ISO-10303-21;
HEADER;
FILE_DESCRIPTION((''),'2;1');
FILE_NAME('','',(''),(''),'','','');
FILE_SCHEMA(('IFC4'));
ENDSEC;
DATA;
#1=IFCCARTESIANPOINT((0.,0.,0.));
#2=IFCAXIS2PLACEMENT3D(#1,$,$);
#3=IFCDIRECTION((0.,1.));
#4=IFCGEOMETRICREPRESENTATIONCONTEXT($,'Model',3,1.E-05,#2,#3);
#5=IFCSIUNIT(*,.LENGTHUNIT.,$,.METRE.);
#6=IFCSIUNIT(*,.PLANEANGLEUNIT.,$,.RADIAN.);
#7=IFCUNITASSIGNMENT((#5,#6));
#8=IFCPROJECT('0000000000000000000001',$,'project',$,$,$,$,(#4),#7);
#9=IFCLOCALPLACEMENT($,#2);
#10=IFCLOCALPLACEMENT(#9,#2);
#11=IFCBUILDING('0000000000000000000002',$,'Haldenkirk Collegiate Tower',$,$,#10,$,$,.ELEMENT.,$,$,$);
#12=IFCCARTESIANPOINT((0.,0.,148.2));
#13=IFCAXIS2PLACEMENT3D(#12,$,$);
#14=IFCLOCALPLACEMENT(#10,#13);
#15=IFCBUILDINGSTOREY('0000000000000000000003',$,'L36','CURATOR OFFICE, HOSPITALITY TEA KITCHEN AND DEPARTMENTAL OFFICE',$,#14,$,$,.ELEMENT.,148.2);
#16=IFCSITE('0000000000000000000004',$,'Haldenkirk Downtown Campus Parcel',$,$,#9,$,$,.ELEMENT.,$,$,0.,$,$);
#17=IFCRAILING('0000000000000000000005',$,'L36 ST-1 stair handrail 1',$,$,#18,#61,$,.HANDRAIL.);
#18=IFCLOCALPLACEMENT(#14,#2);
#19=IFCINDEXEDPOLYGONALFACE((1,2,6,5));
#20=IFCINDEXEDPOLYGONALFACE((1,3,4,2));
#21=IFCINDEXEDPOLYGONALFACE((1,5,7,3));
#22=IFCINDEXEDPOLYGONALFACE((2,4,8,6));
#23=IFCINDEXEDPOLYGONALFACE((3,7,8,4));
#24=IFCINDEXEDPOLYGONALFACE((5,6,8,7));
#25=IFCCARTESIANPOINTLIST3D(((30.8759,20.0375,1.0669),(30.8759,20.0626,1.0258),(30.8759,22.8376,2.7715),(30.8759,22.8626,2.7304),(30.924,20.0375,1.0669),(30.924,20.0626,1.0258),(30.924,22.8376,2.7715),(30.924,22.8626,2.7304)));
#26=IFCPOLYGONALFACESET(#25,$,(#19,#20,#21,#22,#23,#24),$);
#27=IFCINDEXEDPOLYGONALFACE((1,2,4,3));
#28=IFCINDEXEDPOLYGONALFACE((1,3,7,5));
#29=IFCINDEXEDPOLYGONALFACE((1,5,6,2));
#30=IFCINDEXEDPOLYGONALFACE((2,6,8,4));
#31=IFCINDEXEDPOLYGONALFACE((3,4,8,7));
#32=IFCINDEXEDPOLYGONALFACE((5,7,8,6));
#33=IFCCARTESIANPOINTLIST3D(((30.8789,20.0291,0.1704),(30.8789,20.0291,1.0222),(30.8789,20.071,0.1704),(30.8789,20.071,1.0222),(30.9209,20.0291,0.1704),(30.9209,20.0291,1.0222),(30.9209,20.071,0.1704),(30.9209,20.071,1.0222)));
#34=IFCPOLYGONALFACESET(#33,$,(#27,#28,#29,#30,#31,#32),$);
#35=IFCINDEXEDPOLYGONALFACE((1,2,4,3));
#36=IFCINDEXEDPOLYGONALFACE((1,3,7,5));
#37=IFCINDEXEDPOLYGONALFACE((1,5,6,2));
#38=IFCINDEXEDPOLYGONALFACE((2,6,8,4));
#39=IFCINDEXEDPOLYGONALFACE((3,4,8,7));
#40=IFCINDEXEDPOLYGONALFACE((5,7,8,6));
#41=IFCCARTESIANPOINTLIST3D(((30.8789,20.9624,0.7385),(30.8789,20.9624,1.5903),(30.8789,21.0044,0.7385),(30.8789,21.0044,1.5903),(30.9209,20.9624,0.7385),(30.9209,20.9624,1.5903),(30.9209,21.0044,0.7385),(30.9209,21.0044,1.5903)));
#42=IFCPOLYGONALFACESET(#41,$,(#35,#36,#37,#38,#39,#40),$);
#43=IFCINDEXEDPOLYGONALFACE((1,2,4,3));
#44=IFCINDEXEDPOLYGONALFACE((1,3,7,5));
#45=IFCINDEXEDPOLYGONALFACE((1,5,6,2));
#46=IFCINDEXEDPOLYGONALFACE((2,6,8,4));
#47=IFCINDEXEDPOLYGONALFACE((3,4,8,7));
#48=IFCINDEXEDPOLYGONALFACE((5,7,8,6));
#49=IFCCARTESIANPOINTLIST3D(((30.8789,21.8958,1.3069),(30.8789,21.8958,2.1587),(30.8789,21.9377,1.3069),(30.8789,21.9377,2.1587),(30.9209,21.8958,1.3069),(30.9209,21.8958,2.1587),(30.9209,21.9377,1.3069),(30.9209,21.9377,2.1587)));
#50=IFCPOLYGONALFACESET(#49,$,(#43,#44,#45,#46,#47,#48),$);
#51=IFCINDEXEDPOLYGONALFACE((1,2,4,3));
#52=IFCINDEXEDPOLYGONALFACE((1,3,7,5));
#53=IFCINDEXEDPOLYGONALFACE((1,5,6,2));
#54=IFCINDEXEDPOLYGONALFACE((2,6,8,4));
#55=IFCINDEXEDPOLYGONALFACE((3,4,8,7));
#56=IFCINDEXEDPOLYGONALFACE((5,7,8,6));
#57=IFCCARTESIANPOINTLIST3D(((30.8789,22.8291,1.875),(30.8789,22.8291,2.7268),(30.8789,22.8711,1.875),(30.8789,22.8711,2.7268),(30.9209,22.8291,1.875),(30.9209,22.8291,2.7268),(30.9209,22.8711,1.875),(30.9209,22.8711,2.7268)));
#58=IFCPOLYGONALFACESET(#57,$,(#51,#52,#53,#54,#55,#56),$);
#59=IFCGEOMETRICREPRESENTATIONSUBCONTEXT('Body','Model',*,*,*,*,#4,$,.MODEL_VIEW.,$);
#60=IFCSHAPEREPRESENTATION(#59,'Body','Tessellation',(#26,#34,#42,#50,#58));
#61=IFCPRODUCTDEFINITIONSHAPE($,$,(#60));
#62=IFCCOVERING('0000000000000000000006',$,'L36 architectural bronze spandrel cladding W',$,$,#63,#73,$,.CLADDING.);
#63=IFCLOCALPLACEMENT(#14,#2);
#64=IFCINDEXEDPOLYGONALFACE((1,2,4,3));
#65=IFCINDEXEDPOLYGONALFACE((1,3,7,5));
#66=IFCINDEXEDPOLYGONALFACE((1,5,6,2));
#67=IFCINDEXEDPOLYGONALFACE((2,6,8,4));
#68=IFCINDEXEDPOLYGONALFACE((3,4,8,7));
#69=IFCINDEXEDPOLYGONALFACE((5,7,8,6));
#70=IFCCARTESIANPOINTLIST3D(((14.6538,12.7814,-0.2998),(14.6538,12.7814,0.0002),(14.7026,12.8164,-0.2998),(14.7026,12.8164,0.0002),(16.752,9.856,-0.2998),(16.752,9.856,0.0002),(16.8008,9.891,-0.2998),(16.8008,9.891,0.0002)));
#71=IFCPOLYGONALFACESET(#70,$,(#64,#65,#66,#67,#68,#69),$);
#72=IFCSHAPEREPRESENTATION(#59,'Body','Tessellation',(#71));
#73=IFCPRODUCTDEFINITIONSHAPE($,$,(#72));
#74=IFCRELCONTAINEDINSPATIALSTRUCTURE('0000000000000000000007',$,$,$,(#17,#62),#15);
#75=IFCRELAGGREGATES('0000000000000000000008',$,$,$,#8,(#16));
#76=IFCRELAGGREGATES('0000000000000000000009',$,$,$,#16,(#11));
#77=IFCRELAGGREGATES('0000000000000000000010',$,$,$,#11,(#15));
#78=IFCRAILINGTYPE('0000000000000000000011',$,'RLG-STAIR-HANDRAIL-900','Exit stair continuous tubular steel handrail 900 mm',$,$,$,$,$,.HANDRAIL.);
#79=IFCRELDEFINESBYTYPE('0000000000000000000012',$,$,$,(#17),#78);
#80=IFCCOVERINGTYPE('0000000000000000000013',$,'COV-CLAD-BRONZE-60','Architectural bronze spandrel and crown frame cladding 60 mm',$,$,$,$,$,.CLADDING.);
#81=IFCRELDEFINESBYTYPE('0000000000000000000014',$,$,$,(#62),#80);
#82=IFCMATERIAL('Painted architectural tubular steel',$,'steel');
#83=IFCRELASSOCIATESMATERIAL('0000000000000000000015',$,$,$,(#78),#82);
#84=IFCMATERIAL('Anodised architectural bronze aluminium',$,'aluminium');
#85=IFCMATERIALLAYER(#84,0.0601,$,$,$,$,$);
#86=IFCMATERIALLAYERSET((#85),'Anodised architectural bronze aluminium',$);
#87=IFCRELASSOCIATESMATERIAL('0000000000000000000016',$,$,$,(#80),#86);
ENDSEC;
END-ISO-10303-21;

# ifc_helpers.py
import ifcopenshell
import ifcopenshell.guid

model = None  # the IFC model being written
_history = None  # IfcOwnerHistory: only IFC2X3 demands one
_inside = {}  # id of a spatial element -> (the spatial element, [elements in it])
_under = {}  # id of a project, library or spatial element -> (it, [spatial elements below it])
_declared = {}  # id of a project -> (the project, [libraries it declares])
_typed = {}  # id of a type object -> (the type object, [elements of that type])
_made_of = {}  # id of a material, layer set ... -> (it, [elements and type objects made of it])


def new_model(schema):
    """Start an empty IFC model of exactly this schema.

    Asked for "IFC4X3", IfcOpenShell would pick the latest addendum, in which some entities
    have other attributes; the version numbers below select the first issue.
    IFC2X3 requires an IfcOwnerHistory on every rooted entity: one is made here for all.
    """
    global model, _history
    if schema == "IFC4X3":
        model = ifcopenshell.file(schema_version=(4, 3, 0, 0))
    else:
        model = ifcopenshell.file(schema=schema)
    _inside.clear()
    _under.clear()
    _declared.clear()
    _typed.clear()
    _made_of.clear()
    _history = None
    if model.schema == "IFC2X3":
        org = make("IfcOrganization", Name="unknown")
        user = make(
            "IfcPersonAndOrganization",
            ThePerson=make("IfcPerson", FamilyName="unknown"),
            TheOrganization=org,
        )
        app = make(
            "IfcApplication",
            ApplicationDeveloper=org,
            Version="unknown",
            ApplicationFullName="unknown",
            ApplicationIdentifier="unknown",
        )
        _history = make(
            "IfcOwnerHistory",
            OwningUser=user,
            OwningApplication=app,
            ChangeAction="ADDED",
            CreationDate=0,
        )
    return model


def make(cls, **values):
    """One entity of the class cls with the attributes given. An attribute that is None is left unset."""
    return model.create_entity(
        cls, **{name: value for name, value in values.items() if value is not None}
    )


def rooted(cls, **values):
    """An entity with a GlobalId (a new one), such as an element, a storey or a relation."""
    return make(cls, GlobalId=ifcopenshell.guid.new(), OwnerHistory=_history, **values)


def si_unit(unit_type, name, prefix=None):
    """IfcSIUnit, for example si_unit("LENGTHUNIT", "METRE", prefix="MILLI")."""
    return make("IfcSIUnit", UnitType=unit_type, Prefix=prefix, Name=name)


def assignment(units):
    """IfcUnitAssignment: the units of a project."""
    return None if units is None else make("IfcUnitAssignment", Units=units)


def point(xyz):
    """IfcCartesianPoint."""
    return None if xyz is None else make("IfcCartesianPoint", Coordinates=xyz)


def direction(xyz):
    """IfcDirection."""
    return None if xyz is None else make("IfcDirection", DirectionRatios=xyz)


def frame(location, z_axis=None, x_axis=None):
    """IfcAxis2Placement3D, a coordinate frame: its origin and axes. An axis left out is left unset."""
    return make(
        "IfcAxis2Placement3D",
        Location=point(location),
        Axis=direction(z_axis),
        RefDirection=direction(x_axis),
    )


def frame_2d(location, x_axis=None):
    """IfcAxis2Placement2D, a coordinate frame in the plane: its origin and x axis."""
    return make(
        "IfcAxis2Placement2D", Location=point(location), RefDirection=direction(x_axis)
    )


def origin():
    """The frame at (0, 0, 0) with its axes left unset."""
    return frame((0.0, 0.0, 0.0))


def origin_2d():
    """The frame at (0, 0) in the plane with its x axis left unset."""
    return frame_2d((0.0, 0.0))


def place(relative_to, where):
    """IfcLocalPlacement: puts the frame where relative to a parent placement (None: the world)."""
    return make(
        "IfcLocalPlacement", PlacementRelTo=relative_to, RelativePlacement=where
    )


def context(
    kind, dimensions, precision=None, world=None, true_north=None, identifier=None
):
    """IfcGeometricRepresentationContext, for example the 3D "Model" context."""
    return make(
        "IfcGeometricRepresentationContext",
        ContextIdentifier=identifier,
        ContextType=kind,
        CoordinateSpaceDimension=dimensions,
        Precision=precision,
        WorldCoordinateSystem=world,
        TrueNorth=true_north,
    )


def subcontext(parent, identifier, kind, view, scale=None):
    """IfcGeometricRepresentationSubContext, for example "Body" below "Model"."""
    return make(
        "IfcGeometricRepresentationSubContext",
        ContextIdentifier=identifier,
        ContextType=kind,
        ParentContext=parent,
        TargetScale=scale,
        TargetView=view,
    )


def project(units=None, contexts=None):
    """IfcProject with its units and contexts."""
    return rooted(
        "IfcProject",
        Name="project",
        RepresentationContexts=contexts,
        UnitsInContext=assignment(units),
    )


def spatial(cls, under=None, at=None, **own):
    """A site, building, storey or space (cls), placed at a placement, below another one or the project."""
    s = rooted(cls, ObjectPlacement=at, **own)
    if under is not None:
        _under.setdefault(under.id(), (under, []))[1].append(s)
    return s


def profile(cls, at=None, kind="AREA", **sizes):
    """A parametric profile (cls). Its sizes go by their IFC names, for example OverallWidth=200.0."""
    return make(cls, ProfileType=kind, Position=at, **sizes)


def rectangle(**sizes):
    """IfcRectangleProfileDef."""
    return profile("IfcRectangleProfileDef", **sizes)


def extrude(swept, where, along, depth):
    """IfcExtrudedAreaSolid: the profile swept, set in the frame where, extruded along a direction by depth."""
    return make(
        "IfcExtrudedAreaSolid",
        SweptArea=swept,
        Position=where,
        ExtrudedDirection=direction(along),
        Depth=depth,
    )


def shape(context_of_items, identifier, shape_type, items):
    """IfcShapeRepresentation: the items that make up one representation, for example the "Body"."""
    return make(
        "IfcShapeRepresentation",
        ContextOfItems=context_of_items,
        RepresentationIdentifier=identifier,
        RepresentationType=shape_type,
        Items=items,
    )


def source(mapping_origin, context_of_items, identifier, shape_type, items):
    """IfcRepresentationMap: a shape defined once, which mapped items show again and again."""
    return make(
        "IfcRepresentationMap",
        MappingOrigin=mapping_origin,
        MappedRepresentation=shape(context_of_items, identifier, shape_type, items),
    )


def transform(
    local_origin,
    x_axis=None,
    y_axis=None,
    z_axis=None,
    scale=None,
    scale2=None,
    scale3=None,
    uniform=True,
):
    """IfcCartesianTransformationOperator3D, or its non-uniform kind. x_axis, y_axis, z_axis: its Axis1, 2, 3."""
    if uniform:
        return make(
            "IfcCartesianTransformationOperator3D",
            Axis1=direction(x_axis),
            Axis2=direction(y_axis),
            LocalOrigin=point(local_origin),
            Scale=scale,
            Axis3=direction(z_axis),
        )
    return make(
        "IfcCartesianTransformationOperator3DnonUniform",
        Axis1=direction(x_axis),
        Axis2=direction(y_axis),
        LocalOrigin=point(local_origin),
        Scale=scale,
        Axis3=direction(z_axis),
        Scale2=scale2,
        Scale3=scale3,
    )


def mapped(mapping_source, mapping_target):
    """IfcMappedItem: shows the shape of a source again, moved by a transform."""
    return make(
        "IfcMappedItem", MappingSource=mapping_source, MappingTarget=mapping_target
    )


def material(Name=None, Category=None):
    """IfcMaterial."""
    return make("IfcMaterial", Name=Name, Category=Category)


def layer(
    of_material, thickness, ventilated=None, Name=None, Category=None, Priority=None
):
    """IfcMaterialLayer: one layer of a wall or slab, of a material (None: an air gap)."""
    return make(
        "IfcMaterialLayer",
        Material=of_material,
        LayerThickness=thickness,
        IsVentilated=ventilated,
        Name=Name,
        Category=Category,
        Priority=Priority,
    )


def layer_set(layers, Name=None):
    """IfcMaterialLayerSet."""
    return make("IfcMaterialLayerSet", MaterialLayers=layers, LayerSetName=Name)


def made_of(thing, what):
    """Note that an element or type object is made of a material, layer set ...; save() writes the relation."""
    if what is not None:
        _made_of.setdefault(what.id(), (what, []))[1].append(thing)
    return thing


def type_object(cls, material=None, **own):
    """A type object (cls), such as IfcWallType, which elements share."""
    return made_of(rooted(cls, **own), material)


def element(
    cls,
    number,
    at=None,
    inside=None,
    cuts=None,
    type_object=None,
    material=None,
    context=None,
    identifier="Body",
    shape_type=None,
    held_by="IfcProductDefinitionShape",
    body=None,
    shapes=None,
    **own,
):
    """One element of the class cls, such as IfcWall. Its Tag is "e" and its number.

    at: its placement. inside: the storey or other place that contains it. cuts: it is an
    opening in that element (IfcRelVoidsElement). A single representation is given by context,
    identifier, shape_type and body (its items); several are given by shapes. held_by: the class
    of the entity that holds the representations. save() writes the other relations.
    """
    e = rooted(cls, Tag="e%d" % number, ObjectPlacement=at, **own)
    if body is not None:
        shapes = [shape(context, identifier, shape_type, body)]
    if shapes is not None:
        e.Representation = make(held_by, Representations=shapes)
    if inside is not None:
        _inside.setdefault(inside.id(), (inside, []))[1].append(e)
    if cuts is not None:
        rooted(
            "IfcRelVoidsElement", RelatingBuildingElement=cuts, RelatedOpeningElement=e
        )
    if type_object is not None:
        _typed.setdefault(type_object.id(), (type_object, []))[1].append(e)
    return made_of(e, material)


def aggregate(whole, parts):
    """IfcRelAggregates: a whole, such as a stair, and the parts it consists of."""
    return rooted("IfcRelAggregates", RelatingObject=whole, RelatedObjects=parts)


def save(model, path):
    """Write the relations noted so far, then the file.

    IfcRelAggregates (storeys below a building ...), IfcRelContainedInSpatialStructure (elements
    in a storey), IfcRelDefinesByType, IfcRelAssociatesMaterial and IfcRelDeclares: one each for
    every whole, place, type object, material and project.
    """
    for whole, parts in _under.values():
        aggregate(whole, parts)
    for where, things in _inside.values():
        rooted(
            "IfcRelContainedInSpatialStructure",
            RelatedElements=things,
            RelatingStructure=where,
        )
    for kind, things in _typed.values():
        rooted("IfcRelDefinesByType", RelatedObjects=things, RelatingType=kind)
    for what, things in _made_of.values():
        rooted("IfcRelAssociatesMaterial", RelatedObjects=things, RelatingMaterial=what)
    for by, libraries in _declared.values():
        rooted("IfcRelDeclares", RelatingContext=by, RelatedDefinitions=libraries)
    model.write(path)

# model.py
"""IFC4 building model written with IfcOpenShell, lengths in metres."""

from ifc_helpers import new_model, si_unit, direction, frame, origin, origin_2d, place, context, subcontext, project, spatial, rectangle, extrude, source, transform, mapped, material, layer, layer_set, type_object, element, save


model = new_model("IFC4")

# Units and contexts
model_context = context("Model", 3, precision=1e-05, world=origin(), true_north=direction((0.0, 1.0)))
body_context = subcontext(model_context, "Body", "Model", "MODEL_VIEW")
ifc_project = project(units=[si_unit("LENGTHUNIT", "METRE"), si_unit("PLANEANGLEUNIT", "RADIAN")], contexts=[model_context])

# Site, building, storey
site_placement = place(None, origin())
site = spatial("IfcSite", under=ifc_project, at=site_placement, Name="Haldenkirk Downtown Campus Parcel", CompositionType="ELEMENT", RefElevation=0.0)
building_placement = place(site_placement, origin())
building = spatial("IfcBuilding", under=site, at=building_placement, Name="Haldenkirk Collegiate Tower", CompositionType="ELEMENT")
storey_placement = place(building_placement, frame((0.0, 0.0, 148.2)))
storey = spatial("IfcBuildingStorey", under=building, at=storey_placement, Name="L36", Description="CURATOR OFFICE, HOSPITALITY TEA KITCHEN AND DEPARTMENTAL OFFICE", CompositionType="ELEMENT", Elevation=148.2)

# Shared definitions
ifc_material_1 = material(Name="Anodised architectural bronze aluminium", Category="aluminium")

# Railing
ifc_material_2 = material(Name="Painted architectural tubular steel", Category="steel")
railing_type_1 = type_object("IfcRailingType", Name="RLG-STAIR-HANDRAIL-900", Description="Exit stair continuous tubular steel handrail 900 mm", PredefinedType="HANDRAIL", material=ifc_material_2)
railing_1_placement = place(storey_placement, frame((30.8999, 20.05, 0.1704)))
element("IfcRailing", 1, at=railing_1_placement, inside=storey, type_object=railing_type_1, Name="L36 ST-1 stair handrail 1", PredefinedType="HANDRAIL", context=body_context, shape_type="SweptSolid", body=[
    extrude(rectangle(XDim=0.0481, YDim=0.0481, at=origin_2d()), frame((0.0, 0.0, 0.876), z_axis=(0.0, 0.85417, 0.519994), x_axis=(-1.0, 0.0, 0.0)), (0.0, 0.0, 1.0), 3.2781),
    extrude(rectangle(XDim=0.042, YDim=0.042, at=origin_2d()), origin(), (0.0, 0.0, 1.0), 0.8518),
    extrude(rectangle(XDim=0.042, YDim=0.042, at=origin_2d()), frame((0.0, 0.9333, 0.5681)), (0.0, 0.0, 1.0), 0.8518),
    extrude(rectangle(XDim=0.042, YDim=0.042, at=origin_2d()), frame((0.0, 1.8667, 1.1365)), (0.0, 0.0, 1.0), 0.8518),
    extrude(rectangle(XDim=0.042, YDim=0.042, at=origin_2d()), frame((0.0, 2.8, 1.7046)), (0.0, 0.0, 1.0), 0.8518),
])

# Covering
ifc_layer_1 = layer(ifc_material_1, 0.0601)
ifc_layer_set_1 = layer_set([ifc_layer_1], Name="Anodised architectural bronze aluminium")
covering_type = type_object("IfcCoveringType", Name="COV-CLAD-BRONZE-60", Description="Architectural bronze spandrel and crown frame cladding 60 mm", PredefinedType="CLADDING", material=ifc_layer_set_1)
shared_shape_1 = source(origin(), body_context, "Body", "SweptSolid", [
    extrude(rectangle(XDim=3.6001, YDim=0.0601, at=origin_2d()), origin(), (0.0, 0.0, 1.0), 0.3),
])
covering_placement = place(storey_placement, frame((15.7273, 11.3362, -0.2998), z_axis=(0.0, 0.0, 1.0), x_axis=(-0.582832, 0.812592, 0.0)))
element("IfcCovering", 2, at=covering_placement, inside=storey, type_object=covering_type, Name="L36 architectural bronze spandrel cladding W", PredefinedType="CLADDING", context=body_context, shape_type="MappedRepresentation", body=[
    mapped(shared_shape_1, transform((0.0, 0.0, 0.0), x_axis=(1.0, 0.0, 0.0), y_axis=(0.0, 1.0, 0.0), z_axis=(0.0, 0.0, 1.0), scale=1.0)),
])

save(model, "model.ifc")
